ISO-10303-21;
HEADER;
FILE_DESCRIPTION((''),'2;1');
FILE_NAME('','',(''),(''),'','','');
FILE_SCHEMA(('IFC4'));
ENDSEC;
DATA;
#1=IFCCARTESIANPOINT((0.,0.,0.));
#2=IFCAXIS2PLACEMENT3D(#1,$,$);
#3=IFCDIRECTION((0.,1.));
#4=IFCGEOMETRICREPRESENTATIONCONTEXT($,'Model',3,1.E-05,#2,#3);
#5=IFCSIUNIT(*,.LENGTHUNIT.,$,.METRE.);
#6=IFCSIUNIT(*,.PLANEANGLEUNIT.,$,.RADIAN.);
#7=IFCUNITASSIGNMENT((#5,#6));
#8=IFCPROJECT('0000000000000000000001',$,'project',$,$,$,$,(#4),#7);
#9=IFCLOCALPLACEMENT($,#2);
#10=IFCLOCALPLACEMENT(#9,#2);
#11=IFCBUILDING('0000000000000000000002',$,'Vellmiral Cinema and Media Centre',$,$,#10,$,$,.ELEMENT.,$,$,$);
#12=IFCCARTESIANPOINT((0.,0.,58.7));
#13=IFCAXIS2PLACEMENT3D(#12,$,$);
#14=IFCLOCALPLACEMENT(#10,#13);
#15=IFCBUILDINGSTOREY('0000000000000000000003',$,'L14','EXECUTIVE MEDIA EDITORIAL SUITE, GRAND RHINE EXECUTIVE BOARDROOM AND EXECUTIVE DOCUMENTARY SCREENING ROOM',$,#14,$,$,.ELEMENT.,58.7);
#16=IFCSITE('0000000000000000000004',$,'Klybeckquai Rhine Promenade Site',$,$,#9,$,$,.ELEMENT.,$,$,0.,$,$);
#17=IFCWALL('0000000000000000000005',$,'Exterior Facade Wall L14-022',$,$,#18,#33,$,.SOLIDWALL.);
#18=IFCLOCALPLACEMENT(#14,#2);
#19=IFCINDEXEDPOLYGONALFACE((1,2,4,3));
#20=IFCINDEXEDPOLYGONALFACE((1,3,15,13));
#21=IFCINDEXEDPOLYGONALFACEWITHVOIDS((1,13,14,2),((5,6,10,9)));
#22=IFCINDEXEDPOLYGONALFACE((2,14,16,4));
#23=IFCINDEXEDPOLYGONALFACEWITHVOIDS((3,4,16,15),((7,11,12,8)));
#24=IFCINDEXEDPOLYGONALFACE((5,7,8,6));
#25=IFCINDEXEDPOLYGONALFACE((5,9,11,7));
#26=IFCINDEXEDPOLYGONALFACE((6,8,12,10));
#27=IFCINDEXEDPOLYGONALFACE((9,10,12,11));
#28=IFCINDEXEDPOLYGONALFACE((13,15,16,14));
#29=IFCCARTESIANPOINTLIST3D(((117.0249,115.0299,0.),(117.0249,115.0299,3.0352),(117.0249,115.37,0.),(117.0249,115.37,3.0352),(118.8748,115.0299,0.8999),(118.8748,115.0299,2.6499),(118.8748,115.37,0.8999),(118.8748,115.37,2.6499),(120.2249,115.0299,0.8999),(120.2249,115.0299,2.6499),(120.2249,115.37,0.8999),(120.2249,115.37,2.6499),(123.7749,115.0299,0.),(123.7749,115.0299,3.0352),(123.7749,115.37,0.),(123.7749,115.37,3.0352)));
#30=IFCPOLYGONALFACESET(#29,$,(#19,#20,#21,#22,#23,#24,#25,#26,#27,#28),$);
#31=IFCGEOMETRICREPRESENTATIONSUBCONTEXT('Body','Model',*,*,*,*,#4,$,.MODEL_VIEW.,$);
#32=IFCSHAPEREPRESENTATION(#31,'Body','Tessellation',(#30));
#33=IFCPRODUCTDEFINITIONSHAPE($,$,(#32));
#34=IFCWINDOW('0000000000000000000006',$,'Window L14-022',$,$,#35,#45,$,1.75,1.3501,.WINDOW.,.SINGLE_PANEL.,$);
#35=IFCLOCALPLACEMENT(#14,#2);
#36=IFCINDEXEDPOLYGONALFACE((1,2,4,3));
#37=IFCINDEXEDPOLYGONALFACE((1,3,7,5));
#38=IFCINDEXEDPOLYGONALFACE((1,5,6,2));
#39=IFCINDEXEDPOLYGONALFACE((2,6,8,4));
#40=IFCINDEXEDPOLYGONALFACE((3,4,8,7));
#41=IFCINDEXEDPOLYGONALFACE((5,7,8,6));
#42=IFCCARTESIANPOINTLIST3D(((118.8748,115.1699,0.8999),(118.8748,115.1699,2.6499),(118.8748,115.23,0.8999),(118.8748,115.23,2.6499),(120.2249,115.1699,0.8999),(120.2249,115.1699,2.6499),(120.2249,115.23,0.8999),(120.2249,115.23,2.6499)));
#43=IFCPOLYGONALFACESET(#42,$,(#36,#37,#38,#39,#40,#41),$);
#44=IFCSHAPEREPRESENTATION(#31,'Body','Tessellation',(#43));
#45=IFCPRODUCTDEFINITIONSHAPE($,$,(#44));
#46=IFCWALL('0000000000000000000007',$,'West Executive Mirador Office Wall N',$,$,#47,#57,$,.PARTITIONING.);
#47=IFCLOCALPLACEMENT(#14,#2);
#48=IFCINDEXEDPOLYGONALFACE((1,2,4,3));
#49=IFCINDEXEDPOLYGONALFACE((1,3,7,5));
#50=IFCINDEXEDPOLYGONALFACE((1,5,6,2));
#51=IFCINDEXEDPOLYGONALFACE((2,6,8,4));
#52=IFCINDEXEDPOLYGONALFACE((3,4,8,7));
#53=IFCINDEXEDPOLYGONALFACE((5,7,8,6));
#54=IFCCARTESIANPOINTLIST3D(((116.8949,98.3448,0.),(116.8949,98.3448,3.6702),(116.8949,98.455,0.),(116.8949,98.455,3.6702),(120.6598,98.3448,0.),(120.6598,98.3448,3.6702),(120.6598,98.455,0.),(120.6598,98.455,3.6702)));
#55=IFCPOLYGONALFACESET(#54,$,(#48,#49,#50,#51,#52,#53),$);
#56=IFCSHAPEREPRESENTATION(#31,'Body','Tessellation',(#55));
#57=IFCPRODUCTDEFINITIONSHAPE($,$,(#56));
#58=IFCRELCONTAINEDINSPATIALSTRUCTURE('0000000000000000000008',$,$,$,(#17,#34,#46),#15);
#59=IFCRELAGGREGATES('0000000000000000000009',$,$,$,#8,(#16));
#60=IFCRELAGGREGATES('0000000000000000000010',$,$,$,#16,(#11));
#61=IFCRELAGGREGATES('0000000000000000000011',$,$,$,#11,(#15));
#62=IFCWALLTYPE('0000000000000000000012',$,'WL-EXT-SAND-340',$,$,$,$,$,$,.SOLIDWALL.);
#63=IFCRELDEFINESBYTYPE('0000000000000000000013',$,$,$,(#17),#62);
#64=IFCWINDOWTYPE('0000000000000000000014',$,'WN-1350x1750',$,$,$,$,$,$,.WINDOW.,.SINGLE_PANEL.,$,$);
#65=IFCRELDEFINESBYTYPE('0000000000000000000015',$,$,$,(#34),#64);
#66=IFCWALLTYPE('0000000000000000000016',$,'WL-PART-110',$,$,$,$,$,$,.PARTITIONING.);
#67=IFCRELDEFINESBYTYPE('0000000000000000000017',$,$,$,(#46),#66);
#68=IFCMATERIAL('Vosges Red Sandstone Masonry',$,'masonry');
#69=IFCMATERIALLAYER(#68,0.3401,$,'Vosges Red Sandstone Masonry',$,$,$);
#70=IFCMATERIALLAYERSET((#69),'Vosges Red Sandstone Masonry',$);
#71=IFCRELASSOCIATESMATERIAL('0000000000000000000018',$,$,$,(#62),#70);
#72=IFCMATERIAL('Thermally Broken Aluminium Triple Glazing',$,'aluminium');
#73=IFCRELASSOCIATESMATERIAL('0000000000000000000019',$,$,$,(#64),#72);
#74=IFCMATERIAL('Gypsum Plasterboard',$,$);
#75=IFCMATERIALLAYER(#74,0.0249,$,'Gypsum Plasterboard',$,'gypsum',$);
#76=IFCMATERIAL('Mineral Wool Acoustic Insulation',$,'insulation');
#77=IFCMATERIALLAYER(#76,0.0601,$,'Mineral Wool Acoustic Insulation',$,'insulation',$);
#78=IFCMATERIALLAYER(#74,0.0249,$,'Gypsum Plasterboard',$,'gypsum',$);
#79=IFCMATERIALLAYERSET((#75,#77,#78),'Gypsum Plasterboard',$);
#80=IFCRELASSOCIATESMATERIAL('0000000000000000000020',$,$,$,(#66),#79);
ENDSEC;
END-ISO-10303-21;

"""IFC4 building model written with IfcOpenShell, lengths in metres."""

from ifc_helpers import new_model, si_unit, direction, frame, frame_2d, origin, place, context, subcontext, project, spatial, rectangle, extrude, material, layer, layer_set, type_object, element, fill, save


model = new_model("IFC4")

# Units and contexts
model_context = context("Model", 3, precision=1e-05, world=origin(), true_north=direction((0.0, 1.0)))
body_context = subcontext(model_context, "Body", "Model", "MODEL_VIEW")
ifc_project = project(units=[si_unit("LENGTHUNIT", "METRE"), si_unit("PLANEANGLEUNIT", "RADIAN")], contexts=[model_context])

# Site, building, storey
site_placement = place(None, origin())
site = spatial("IfcSite", under=ifc_project, at=site_placement, Name="Klybeckquai Rhine Promenade Site", CompositionType="ELEMENT", RefElevation=0.0)
building_placement = place(site_placement, origin())
building = spatial("IfcBuilding", under=site, at=building_placement, Name="Vellmiral Cinema and Media Centre", CompositionType="ELEMENT")
storey_placement = place(building_placement, frame((0.0, 0.0, 58.7)))
storey = spatial("IfcBuildingStorey", under=building, at=storey_placement, Name="L14", Description="EXECUTIVE MEDIA EDITORIAL SUITE, GRAND RHINE EXECUTIVE BOARDROOM AND EXECUTIVE DOCUMENTARY SCREENING ROOM", CompositionType="ELEMENT", Elevation=58.7)

# Wall, opening, window
ifc_material_1 = material(Name="Vosges Red Sandstone Masonry", Category="masonry")
ifc_layer_1 = layer(ifc_material_1, 0.3401, Name="Vosges Red Sandstone Masonry")
ifc_layer_set_1 = layer_set([ifc_layer_1], Name="Vosges Red Sandstone Masonry")
wall_type_1 = type_object("IfcWallType", Name="WL-EXT-SAND-340", PredefinedType="SOLIDWALL", material=ifc_layer_set_1)
wall_1_placement = place(storey_placement, frame((123.7749, 115.2, 0.0), z_axis=(0.0, 0.0, 1.0), x_axis=(-1.0, 0.0, 0.0)))
wall_1 = element("IfcWall", 1, at=wall_1_placement, inside=storey, type_object=wall_type_1, Name="Exterior Facade Wall L14-022", PredefinedType="SOLIDWALL", context=body_context, shape_type="SweptSolid", body=[
    extrude(rectangle(XDim=6.75, YDim=0.3401, at=frame_2d((3.375, 0.0))), origin(), (0.0, 0.0, 1.0), 3.0352),
])
opening_1_placement = place(wall_1_placement, frame((3.55, 0.0, 0.8999)))
opening_1 = element("IfcOpeningElement", 2, at=opening_1_placement, cuts=wall_1, PredefinedType="OPENING", context=body_context, shape_type="SweptSolid", body=[
    extrude(rectangle(XDim=1.3501, YDim=1.75, at=frame_2d((0.675, 0.875))), frame((0.0, 0.1821, 0.0), z_axis=(0.0, -1.0, 0.0), x_axis=(1.0, 0.0, 0.0)), (0.0, 0.0, 1.0), 0.364),
])
ifc_material_2 = material(Name="Thermally Broken Aluminium Triple Glazing", Category="aluminium")
window_type = type_object("IfcWindowType", Name="WN-1350x1750", PartitioningType="SINGLE_PANEL", PredefinedType="WINDOW", material=ifc_material_2)
window_placement = place(opening_1_placement, origin())
window = element("IfcWindow", 3, at=window_placement, inside=storey, type_object=window_type, Name="Window L14-022", OverallHeight=1.75, OverallWidth=1.3501, PartitioningType="SINGLE_PANEL", PredefinedType="WINDOW", context=body_context, shape_type="SweptSolid", body=[
    extrude(rectangle(XDim=1.3501, YDim=1.75, at=frame_2d((0.675, 0.875))), frame((0.0, 0.03, 0.0), z_axis=(0.0, -1.0, 0.0), x_axis=(1.0, 0.0, 0.0)), (0.0, 0.0, 1.0), 0.0601),
])
fill(opening_1, window)

# Wall
ifc_material_3 = material(Name="Gypsum Plasterboard")
ifc_layer_2 = layer(ifc_material_3, 0.0249, Name="Gypsum Plasterboard", Category="gypsum")
ifc_material_4 = material(Name="Mineral Wool Acoustic Insulation", Category="insulation")
ifc_layer_3 = layer(ifc_material_4, 0.0601, Name="Mineral Wool Acoustic Insulation", Category="insulation")
ifc_layer_4 = layer(ifc_material_3, 0.0249, Name="Gypsum Plasterboard", Category="gypsum")
ifc_layer_set_2 = layer_set([ifc_layer_2, ifc_layer_3, ifc_layer_4], Name="Gypsum Plasterboard")
wall_type_2 = type_object("IfcWallType", Name="WL-PART-110", PredefinedType="PARTITIONING", material=ifc_layer_set_2)
wall_2_placement = place(storey_placement, frame((116.895, 98.3999, 0.0), z_axis=(0.0, 0.0, 1.0), x_axis=(1.0, 0.0, 0.0)))
element("IfcWall", 4, at=wall_2_placement, inside=storey, type_object=wall_type_2, Name="West Executive Mirador Office Wall N", PredefinedType="PARTITIONING", context=body_context, shape_type="SweptSolid", body=[
    extrude(rectangle(XDim=3.7649, YDim=0.1101, at=frame_2d((1.8823, 0.0))), origin(), (0.0, 0.0, 1.0), 3.6702),
])

save(model, "model.ifc")
